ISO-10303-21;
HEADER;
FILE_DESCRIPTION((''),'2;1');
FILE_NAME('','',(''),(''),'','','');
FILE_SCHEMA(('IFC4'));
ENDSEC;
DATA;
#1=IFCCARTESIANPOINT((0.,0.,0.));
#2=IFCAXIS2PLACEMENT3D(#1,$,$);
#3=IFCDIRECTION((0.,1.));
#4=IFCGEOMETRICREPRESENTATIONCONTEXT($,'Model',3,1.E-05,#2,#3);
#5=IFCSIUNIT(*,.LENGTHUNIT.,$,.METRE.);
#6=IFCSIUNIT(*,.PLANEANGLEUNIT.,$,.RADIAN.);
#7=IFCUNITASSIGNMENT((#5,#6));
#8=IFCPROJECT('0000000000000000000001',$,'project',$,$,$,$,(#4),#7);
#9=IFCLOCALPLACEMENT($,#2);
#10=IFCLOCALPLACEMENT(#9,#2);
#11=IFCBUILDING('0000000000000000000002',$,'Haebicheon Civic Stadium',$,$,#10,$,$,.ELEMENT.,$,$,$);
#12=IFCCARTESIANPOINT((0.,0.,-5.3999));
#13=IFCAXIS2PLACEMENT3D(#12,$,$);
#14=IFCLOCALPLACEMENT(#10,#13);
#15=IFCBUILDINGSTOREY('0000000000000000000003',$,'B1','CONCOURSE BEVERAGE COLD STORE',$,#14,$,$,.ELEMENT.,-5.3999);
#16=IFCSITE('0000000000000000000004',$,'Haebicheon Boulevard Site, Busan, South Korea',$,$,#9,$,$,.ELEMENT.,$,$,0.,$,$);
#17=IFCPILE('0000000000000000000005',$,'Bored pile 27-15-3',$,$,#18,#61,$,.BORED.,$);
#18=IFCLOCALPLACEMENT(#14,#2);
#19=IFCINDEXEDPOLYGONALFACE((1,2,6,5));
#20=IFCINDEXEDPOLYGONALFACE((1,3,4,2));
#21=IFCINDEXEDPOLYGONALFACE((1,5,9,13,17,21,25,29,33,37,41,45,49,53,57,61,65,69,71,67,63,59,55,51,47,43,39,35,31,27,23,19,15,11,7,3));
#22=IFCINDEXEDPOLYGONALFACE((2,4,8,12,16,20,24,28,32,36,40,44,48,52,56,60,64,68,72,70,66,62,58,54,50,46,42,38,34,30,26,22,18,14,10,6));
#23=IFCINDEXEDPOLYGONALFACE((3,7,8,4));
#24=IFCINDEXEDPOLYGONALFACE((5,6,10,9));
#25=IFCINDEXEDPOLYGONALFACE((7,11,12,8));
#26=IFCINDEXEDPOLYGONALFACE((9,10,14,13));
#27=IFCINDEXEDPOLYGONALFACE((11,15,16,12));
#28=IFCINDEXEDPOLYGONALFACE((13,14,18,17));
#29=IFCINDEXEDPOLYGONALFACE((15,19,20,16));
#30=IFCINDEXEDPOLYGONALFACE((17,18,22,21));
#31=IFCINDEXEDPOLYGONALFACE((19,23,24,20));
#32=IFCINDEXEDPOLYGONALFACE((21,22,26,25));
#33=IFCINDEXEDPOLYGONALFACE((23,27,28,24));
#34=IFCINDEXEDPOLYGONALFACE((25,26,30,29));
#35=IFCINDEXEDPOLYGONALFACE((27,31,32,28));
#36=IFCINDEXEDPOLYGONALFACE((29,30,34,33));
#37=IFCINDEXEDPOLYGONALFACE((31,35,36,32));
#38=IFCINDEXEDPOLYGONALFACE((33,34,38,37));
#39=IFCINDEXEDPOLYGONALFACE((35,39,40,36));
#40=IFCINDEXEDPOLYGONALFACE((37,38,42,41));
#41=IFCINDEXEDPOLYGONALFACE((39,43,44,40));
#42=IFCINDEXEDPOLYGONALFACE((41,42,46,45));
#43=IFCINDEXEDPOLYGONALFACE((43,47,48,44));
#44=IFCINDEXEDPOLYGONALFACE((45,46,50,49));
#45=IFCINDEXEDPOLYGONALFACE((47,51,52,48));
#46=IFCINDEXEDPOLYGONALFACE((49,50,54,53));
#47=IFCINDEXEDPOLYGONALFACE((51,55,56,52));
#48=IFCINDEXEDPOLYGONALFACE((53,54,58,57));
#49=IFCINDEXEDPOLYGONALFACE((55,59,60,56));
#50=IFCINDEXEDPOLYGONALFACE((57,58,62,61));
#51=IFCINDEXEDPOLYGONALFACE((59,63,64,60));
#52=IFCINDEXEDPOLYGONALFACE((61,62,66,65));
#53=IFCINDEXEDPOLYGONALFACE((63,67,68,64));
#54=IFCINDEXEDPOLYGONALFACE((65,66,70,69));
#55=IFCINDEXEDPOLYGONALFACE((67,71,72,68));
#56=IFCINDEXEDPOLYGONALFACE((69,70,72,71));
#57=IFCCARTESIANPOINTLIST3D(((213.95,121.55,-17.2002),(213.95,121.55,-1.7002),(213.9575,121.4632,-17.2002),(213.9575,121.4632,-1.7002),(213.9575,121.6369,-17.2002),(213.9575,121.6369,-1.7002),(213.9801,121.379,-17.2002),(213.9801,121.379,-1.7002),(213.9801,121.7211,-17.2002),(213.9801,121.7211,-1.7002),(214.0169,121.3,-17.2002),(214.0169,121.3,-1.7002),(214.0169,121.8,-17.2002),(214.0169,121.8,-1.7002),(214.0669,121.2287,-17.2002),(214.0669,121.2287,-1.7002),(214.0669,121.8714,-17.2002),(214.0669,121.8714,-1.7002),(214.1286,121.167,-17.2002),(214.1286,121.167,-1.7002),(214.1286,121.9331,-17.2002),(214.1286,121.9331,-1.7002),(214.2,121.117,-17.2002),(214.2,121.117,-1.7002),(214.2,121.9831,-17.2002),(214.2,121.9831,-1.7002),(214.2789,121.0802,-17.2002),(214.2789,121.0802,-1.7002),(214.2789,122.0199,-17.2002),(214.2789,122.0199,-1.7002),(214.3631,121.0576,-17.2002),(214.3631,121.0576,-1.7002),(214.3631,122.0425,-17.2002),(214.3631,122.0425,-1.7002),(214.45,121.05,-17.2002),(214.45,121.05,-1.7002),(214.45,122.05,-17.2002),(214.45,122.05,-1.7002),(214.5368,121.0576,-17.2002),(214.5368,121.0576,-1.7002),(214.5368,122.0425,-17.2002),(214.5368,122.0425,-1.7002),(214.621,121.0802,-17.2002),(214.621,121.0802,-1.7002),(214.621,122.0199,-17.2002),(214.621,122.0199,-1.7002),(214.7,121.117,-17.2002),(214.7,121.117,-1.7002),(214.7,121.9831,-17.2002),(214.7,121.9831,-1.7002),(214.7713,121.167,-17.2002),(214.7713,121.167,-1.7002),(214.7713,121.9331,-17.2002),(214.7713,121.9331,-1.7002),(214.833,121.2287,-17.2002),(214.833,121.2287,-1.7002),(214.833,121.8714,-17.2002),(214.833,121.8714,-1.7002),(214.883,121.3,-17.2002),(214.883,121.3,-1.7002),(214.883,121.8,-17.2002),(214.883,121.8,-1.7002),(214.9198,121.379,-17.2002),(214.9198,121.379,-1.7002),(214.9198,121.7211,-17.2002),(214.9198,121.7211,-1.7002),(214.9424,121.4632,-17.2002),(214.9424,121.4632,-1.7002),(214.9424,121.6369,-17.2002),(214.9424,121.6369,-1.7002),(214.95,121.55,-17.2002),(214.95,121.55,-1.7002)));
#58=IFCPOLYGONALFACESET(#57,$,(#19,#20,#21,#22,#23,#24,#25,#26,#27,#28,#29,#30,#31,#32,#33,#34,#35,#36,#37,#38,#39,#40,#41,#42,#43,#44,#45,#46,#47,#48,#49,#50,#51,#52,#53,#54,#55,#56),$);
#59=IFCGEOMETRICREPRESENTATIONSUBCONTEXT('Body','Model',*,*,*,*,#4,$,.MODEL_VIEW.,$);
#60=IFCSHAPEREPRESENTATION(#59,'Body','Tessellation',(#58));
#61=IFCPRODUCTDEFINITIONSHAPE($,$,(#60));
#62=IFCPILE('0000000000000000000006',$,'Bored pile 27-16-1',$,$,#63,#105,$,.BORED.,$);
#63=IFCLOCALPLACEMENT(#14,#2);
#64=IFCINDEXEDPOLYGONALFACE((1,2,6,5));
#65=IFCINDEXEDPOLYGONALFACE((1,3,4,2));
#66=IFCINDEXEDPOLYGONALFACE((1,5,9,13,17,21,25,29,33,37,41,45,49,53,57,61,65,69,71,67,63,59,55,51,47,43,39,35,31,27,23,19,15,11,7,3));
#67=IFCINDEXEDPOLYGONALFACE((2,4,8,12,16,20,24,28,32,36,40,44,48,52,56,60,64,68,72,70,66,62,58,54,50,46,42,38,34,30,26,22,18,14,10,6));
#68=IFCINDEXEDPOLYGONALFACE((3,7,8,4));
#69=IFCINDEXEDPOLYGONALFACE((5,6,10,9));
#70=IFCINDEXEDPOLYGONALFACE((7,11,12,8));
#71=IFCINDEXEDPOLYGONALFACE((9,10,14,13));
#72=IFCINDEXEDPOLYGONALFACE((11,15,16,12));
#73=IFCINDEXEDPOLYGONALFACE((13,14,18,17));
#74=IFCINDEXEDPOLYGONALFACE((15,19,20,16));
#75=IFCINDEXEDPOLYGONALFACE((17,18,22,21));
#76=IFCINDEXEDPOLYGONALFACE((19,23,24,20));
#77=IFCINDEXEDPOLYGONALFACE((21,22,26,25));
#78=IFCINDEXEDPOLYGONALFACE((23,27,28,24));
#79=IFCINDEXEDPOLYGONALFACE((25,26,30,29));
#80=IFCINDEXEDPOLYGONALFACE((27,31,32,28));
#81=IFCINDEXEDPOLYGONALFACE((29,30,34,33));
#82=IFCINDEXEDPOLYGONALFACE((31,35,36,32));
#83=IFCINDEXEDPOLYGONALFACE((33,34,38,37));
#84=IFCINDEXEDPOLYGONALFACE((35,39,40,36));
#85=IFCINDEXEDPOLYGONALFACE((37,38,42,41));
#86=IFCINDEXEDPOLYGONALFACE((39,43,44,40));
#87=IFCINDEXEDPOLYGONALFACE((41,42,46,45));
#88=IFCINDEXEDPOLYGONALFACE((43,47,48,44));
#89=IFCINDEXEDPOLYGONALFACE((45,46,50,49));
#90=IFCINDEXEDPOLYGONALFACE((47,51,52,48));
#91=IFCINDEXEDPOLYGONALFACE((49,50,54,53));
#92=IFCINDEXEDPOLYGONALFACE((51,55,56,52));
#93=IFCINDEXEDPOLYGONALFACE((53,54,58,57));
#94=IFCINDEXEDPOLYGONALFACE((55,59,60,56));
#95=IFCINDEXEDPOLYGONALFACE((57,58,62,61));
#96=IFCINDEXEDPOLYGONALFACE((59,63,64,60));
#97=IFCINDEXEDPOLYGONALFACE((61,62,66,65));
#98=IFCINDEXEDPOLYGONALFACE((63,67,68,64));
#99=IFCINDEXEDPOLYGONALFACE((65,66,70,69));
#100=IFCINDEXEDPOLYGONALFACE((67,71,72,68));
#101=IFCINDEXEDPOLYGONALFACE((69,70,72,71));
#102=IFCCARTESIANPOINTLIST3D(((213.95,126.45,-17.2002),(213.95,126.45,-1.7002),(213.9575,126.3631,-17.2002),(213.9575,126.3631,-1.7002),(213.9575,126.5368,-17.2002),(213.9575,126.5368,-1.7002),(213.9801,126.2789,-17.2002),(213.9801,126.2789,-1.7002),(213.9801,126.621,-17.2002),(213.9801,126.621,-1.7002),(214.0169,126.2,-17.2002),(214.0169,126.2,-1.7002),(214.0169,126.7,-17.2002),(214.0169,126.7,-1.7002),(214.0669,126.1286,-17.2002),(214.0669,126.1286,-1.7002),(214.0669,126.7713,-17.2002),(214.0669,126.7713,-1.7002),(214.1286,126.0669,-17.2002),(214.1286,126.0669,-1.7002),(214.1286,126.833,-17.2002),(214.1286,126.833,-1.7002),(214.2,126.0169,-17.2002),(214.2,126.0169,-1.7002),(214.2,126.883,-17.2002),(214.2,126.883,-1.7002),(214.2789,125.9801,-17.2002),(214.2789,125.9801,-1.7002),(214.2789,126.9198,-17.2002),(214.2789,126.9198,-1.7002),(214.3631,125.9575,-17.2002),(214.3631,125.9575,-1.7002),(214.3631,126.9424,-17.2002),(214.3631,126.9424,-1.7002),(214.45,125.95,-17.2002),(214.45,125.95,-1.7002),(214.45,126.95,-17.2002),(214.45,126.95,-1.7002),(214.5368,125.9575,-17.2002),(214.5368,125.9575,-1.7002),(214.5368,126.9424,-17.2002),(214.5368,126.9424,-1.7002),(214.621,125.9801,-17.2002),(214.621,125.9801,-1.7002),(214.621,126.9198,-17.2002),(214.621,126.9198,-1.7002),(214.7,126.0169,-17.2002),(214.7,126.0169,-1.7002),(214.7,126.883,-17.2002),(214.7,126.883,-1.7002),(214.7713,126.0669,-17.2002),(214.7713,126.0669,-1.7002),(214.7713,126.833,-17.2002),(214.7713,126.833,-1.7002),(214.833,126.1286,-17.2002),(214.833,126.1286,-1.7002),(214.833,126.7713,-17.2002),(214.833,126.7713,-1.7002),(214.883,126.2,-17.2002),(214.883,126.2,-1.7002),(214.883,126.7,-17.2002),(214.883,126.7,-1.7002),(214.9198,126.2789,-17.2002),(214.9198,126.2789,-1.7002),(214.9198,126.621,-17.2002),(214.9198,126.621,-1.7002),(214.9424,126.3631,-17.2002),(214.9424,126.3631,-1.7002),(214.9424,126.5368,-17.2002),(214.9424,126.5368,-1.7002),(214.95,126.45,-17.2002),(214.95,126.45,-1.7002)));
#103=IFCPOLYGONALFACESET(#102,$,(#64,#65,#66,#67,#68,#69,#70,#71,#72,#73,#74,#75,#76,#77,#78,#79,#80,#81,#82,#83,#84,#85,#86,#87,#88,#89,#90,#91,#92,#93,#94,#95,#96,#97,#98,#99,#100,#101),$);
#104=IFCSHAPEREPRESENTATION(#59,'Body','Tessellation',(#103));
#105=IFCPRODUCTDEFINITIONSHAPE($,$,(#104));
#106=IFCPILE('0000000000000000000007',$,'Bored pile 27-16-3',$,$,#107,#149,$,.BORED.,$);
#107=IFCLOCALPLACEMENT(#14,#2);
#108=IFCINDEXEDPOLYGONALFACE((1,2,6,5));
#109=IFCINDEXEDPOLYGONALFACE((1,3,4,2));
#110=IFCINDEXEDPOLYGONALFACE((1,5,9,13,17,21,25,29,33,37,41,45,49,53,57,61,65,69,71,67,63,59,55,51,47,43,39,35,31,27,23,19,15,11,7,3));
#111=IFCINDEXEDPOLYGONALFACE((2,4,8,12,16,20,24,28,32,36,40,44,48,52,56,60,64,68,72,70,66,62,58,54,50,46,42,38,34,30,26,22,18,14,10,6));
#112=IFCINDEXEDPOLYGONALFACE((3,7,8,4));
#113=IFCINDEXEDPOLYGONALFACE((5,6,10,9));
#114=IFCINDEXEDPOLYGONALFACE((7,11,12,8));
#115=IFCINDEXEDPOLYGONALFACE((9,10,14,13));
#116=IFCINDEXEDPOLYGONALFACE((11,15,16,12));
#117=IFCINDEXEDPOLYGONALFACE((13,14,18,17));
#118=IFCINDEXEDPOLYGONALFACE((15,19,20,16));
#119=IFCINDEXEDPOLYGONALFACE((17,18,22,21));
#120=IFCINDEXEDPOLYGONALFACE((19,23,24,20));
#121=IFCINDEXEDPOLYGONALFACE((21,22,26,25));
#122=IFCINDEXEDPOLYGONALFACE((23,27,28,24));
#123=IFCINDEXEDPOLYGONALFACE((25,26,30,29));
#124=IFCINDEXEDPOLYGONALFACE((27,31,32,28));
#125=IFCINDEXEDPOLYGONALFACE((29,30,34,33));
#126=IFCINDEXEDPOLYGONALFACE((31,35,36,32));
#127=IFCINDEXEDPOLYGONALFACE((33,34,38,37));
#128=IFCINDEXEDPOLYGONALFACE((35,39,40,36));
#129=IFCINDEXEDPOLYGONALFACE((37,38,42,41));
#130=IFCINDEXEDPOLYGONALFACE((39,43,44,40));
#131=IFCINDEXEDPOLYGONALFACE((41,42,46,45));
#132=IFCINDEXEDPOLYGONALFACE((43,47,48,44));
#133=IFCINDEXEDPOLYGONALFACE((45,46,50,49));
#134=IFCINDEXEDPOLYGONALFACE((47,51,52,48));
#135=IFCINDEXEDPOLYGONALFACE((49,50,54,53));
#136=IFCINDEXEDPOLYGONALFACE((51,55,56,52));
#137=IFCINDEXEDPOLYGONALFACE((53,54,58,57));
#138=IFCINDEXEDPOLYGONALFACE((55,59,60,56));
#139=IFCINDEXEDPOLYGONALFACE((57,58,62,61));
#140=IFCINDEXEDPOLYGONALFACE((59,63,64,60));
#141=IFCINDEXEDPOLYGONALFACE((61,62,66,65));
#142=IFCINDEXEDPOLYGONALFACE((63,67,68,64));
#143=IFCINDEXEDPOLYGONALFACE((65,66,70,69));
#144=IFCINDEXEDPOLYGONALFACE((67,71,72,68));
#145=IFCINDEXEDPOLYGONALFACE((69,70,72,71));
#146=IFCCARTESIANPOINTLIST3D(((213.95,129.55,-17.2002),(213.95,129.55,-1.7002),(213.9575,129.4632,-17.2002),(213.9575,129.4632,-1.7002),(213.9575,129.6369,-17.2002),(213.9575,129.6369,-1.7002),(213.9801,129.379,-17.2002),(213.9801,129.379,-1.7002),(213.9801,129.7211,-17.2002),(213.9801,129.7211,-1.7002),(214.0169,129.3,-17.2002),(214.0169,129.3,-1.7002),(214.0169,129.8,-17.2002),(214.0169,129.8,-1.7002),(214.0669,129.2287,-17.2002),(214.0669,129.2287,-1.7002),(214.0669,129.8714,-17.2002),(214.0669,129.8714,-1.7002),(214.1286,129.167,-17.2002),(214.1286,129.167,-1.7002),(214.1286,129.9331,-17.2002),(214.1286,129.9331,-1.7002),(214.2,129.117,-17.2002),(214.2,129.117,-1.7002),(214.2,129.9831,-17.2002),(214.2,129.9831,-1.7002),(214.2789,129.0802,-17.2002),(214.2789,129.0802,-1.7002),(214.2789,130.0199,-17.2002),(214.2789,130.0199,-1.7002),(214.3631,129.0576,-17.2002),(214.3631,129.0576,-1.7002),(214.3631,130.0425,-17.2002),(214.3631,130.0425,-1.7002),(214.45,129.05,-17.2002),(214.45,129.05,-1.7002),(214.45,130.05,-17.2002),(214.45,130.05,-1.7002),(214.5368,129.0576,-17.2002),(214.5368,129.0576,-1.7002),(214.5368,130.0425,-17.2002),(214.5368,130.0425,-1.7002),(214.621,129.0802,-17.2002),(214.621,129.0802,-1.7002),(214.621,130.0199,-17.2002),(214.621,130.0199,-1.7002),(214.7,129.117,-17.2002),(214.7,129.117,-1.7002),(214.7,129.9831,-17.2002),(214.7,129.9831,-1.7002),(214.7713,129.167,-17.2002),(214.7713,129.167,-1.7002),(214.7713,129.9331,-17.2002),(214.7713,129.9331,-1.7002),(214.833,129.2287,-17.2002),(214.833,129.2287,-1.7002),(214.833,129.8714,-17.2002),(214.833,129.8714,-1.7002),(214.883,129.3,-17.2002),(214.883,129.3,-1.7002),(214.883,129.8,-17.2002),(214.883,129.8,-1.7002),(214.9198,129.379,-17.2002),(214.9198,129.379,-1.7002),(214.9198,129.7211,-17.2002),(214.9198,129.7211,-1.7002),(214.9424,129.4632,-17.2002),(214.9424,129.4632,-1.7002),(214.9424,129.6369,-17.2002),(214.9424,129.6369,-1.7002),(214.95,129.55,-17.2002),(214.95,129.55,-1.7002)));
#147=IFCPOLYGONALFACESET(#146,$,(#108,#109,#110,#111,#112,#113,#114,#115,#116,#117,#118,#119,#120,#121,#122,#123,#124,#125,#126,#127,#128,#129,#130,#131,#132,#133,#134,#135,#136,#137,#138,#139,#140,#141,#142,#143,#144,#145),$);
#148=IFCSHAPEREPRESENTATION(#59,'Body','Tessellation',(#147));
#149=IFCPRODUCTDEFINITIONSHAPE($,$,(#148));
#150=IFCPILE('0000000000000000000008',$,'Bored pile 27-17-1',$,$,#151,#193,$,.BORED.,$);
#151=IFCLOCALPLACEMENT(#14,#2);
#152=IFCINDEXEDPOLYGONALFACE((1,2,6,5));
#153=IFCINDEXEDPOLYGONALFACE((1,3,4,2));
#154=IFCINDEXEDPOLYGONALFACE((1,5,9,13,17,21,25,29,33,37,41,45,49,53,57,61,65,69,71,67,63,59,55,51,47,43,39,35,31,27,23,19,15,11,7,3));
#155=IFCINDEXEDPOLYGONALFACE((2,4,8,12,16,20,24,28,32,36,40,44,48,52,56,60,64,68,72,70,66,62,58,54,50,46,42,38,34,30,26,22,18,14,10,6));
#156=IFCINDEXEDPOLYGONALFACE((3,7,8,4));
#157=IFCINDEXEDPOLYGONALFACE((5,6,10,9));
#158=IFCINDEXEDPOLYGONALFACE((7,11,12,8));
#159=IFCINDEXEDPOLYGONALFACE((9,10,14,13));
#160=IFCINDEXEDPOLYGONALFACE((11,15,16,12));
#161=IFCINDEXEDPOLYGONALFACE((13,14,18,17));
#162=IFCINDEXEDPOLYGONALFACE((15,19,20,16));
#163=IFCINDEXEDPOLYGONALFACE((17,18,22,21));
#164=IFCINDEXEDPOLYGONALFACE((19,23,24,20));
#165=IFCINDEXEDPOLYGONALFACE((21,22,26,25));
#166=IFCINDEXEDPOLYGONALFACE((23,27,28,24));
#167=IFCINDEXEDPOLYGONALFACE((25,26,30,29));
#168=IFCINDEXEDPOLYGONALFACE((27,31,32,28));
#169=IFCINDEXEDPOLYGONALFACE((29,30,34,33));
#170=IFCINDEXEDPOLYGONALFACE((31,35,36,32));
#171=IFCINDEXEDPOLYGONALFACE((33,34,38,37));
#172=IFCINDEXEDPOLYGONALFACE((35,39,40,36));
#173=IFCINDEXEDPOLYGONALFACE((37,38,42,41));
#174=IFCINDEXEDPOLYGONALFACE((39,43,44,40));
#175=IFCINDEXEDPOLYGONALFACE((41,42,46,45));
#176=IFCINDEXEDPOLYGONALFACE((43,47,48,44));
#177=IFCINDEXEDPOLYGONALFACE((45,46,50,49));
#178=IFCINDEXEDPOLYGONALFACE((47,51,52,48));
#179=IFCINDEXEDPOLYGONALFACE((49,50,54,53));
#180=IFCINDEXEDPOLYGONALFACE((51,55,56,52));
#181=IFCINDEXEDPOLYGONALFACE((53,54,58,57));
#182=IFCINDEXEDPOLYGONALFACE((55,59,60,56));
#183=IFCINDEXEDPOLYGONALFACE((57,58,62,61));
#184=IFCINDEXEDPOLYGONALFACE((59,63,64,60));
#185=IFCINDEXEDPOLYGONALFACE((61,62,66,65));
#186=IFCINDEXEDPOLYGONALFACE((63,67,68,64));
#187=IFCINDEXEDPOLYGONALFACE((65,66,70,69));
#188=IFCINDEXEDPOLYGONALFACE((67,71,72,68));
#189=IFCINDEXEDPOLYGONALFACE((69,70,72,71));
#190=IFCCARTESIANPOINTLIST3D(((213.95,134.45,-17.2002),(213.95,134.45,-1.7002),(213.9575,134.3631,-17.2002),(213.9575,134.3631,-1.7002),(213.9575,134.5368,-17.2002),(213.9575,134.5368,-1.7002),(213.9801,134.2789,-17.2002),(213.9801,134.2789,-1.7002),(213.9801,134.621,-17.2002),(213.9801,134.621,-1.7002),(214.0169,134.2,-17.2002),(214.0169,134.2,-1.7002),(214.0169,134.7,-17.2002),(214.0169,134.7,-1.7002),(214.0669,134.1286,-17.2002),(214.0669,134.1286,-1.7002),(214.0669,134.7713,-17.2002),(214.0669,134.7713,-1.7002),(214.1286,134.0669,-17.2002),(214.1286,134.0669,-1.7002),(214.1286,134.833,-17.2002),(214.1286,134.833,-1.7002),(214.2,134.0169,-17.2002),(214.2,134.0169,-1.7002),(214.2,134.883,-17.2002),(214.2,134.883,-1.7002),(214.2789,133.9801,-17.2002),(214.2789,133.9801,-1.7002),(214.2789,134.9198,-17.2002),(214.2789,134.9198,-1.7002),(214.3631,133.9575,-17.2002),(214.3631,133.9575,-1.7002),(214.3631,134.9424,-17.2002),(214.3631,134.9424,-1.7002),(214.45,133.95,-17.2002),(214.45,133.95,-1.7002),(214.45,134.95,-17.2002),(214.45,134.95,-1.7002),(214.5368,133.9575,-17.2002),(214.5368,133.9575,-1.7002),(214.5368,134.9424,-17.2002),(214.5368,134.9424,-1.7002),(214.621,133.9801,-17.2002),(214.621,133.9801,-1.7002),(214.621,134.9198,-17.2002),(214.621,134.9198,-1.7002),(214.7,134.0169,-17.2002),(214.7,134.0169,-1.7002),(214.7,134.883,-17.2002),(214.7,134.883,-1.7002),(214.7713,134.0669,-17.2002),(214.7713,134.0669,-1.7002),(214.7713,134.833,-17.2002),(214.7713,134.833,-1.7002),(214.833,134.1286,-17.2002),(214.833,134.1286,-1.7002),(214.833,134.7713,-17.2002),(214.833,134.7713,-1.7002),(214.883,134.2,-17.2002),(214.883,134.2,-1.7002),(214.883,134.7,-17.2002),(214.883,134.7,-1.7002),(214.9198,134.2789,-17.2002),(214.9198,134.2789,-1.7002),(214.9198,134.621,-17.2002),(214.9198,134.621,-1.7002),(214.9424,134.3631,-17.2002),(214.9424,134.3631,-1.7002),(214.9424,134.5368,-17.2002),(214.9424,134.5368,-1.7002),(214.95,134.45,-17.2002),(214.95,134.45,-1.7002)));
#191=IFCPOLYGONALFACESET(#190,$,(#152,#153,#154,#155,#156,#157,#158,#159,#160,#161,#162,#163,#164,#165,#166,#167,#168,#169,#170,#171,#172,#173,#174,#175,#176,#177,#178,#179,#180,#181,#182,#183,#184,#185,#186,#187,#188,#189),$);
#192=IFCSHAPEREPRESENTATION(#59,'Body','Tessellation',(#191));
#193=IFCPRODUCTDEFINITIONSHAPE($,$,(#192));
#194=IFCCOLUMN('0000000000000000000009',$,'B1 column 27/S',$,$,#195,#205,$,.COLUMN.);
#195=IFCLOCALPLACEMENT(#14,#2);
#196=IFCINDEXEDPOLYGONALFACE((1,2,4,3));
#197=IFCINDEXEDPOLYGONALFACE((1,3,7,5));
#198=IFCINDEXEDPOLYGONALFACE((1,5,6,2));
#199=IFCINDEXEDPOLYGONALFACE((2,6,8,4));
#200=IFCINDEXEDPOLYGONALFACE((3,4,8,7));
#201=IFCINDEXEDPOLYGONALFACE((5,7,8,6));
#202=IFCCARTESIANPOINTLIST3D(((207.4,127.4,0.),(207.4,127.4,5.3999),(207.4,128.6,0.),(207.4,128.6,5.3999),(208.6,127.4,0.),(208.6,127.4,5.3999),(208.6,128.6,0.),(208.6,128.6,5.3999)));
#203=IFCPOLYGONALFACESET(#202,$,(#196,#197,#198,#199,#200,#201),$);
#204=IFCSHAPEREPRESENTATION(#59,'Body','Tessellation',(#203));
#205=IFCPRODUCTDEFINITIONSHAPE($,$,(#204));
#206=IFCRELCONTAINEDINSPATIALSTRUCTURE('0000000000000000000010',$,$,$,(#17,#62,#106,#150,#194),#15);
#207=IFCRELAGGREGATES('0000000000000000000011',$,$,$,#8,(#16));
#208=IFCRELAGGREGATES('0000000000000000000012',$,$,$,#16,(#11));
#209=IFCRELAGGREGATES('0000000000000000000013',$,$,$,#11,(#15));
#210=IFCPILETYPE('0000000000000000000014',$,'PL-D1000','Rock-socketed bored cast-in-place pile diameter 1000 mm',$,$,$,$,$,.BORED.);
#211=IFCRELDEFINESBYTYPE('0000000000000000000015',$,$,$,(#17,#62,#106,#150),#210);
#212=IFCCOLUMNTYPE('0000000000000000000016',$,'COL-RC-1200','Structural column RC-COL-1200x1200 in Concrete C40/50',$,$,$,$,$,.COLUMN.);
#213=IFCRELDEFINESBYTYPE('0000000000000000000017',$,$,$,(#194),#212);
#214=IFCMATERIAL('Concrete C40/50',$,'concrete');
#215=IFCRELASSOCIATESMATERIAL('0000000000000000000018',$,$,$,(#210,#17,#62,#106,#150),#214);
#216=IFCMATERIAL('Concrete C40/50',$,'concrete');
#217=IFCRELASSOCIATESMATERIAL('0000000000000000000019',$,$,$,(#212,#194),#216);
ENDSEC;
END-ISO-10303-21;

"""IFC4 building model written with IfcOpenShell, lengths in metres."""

from ifc_helpers import new_model, si_unit, direction, frame, origin, origin_2d, place, context, subcontext, project, spatial, rectangle, circle, extrude, material, material_profile, profile_set, type_object, element, save


model = new_model("IFC4")

# Units and contexts
model_context = context("Model", 3, precision=1e-05, world=origin(), true_north=direction((0.0, 1.0)))
body_context = subcontext(model_context, "Body", "Model", "MODEL_VIEW")
ifc_project = project(units=[si_unit("LENGTHUNIT", "METRE"), si_unit("PLANEANGLEUNIT", "RADIAN")], contexts=[model_context])

# Site, building, storey
site_placement = place(None, origin())
site = spatial("IfcSite", under=ifc_project, at=site_placement, Name="Haebicheon Boulevard Site, Busan, South Korea", CompositionType="ELEMENT", RefElevation=0.0)
building_placement = place(site_placement, origin())
building = spatial("IfcBuilding", under=site, at=building_placement, Name="Haebicheon Civic Stadium", CompositionType="ELEMENT")
storey_placement = place(building_placement, frame((0.0, 0.0, -5.3999)))
storey = spatial("IfcBuildingStorey", under=building, at=storey_placement, Name="B1", Description="CONCOURSE BEVERAGE COLD STORE", CompositionType="ELEMENT", Elevation=-5.3999)

# Piles
ifc_material_1 = material(Name="Concrete C40/50", Category="concrete")
ifc_material_profile_1 = material_profile(ifc_material_1, circle(Radius=0.5, at=origin_2d()), Name="PILE-D1000")
ifc_profile_set_1 = profile_set([ifc_material_profile_1], Name="Concrete C40/50")
pile_type = type_object("IfcPileType", Name="PL-D1000", Description="Rock-socketed bored cast-in-place pile diameter 1000 mm", PredefinedType="BORED", material=ifc_profile_set_1)
for number, where, z_axis, x_axis, name in (
    (1, (214.45, 121.55, -1.7002), (0.0, 0.0, -1.0), (1.0, 0.0, 0.0), "Bored pile 27-15-3"),
    (2, (214.45, 126.45, -1.7002), (0.0, 0.0, -1.0), (1.0, 0.0, 0.0), "Bored pile 27-16-1"),
    (3, (214.45, 129.55, -1.7002), (0.0, 0.0, -1.0), (1.0, 0.0, 0.0), "Bored pile 27-16-3"),
    (4, (214.45, 134.45, -1.7002), (0.0, 0.0, -1.0), (1.0, 0.0, 0.0), "Bored pile 27-17-1"),
):
    element("IfcPile", number, at=place(storey_placement, frame(where, z_axis=z_axis, x_axis=x_axis)), inside=storey, type_object=pile_type, material=ifc_profile_set_1, Name=name, PredefinedType="BORED", context=body_context, shape_type="SweptSolid", body=[
        extrude(circle(Radius=0.5, at=origin_2d()), origin(), (0.0, 0.0, 1.0), 15.5),
    ])

# Column
ifc_material_2 = material(Name="Concrete C40/50", Category="concrete")
ifc_material_profile_2 = material_profile(ifc_material_2, rectangle(XDim=1.2, YDim=1.2, at=origin_2d()), Name="RC-COL-1200x1200")
ifc_profile_set_2 = profile_set([ifc_material_profile_2], Name="Concrete C40/50")
column_type = type_object("IfcColumnType", Name="COL-RC-1200", Description="Structural column RC-COL-1200x1200 in Concrete C40/50", PredefinedType="COLUMN", material=ifc_profile_set_2)
column_placement = place(storey_placement, frame((208.0, 128.0, 0.0), z_axis=(0.0, 0.0, 1.0), x_axis=(1.0, 0.0, 0.0)))
element("IfcColumn", 5, at=column_placement, inside=storey, type_object=column_type, material=ifc_profile_set_2, Name="B1 column 27/S", PredefinedType="COLUMN", context=body_context, shape_type="SweptSolid", body=[
    extrude(rectangle(XDim=1.2, YDim=1.2, at=origin_2d()), origin(), (0.0, 0.0, 1.0), 5.3999),
])

save(model, "model.ifc")
